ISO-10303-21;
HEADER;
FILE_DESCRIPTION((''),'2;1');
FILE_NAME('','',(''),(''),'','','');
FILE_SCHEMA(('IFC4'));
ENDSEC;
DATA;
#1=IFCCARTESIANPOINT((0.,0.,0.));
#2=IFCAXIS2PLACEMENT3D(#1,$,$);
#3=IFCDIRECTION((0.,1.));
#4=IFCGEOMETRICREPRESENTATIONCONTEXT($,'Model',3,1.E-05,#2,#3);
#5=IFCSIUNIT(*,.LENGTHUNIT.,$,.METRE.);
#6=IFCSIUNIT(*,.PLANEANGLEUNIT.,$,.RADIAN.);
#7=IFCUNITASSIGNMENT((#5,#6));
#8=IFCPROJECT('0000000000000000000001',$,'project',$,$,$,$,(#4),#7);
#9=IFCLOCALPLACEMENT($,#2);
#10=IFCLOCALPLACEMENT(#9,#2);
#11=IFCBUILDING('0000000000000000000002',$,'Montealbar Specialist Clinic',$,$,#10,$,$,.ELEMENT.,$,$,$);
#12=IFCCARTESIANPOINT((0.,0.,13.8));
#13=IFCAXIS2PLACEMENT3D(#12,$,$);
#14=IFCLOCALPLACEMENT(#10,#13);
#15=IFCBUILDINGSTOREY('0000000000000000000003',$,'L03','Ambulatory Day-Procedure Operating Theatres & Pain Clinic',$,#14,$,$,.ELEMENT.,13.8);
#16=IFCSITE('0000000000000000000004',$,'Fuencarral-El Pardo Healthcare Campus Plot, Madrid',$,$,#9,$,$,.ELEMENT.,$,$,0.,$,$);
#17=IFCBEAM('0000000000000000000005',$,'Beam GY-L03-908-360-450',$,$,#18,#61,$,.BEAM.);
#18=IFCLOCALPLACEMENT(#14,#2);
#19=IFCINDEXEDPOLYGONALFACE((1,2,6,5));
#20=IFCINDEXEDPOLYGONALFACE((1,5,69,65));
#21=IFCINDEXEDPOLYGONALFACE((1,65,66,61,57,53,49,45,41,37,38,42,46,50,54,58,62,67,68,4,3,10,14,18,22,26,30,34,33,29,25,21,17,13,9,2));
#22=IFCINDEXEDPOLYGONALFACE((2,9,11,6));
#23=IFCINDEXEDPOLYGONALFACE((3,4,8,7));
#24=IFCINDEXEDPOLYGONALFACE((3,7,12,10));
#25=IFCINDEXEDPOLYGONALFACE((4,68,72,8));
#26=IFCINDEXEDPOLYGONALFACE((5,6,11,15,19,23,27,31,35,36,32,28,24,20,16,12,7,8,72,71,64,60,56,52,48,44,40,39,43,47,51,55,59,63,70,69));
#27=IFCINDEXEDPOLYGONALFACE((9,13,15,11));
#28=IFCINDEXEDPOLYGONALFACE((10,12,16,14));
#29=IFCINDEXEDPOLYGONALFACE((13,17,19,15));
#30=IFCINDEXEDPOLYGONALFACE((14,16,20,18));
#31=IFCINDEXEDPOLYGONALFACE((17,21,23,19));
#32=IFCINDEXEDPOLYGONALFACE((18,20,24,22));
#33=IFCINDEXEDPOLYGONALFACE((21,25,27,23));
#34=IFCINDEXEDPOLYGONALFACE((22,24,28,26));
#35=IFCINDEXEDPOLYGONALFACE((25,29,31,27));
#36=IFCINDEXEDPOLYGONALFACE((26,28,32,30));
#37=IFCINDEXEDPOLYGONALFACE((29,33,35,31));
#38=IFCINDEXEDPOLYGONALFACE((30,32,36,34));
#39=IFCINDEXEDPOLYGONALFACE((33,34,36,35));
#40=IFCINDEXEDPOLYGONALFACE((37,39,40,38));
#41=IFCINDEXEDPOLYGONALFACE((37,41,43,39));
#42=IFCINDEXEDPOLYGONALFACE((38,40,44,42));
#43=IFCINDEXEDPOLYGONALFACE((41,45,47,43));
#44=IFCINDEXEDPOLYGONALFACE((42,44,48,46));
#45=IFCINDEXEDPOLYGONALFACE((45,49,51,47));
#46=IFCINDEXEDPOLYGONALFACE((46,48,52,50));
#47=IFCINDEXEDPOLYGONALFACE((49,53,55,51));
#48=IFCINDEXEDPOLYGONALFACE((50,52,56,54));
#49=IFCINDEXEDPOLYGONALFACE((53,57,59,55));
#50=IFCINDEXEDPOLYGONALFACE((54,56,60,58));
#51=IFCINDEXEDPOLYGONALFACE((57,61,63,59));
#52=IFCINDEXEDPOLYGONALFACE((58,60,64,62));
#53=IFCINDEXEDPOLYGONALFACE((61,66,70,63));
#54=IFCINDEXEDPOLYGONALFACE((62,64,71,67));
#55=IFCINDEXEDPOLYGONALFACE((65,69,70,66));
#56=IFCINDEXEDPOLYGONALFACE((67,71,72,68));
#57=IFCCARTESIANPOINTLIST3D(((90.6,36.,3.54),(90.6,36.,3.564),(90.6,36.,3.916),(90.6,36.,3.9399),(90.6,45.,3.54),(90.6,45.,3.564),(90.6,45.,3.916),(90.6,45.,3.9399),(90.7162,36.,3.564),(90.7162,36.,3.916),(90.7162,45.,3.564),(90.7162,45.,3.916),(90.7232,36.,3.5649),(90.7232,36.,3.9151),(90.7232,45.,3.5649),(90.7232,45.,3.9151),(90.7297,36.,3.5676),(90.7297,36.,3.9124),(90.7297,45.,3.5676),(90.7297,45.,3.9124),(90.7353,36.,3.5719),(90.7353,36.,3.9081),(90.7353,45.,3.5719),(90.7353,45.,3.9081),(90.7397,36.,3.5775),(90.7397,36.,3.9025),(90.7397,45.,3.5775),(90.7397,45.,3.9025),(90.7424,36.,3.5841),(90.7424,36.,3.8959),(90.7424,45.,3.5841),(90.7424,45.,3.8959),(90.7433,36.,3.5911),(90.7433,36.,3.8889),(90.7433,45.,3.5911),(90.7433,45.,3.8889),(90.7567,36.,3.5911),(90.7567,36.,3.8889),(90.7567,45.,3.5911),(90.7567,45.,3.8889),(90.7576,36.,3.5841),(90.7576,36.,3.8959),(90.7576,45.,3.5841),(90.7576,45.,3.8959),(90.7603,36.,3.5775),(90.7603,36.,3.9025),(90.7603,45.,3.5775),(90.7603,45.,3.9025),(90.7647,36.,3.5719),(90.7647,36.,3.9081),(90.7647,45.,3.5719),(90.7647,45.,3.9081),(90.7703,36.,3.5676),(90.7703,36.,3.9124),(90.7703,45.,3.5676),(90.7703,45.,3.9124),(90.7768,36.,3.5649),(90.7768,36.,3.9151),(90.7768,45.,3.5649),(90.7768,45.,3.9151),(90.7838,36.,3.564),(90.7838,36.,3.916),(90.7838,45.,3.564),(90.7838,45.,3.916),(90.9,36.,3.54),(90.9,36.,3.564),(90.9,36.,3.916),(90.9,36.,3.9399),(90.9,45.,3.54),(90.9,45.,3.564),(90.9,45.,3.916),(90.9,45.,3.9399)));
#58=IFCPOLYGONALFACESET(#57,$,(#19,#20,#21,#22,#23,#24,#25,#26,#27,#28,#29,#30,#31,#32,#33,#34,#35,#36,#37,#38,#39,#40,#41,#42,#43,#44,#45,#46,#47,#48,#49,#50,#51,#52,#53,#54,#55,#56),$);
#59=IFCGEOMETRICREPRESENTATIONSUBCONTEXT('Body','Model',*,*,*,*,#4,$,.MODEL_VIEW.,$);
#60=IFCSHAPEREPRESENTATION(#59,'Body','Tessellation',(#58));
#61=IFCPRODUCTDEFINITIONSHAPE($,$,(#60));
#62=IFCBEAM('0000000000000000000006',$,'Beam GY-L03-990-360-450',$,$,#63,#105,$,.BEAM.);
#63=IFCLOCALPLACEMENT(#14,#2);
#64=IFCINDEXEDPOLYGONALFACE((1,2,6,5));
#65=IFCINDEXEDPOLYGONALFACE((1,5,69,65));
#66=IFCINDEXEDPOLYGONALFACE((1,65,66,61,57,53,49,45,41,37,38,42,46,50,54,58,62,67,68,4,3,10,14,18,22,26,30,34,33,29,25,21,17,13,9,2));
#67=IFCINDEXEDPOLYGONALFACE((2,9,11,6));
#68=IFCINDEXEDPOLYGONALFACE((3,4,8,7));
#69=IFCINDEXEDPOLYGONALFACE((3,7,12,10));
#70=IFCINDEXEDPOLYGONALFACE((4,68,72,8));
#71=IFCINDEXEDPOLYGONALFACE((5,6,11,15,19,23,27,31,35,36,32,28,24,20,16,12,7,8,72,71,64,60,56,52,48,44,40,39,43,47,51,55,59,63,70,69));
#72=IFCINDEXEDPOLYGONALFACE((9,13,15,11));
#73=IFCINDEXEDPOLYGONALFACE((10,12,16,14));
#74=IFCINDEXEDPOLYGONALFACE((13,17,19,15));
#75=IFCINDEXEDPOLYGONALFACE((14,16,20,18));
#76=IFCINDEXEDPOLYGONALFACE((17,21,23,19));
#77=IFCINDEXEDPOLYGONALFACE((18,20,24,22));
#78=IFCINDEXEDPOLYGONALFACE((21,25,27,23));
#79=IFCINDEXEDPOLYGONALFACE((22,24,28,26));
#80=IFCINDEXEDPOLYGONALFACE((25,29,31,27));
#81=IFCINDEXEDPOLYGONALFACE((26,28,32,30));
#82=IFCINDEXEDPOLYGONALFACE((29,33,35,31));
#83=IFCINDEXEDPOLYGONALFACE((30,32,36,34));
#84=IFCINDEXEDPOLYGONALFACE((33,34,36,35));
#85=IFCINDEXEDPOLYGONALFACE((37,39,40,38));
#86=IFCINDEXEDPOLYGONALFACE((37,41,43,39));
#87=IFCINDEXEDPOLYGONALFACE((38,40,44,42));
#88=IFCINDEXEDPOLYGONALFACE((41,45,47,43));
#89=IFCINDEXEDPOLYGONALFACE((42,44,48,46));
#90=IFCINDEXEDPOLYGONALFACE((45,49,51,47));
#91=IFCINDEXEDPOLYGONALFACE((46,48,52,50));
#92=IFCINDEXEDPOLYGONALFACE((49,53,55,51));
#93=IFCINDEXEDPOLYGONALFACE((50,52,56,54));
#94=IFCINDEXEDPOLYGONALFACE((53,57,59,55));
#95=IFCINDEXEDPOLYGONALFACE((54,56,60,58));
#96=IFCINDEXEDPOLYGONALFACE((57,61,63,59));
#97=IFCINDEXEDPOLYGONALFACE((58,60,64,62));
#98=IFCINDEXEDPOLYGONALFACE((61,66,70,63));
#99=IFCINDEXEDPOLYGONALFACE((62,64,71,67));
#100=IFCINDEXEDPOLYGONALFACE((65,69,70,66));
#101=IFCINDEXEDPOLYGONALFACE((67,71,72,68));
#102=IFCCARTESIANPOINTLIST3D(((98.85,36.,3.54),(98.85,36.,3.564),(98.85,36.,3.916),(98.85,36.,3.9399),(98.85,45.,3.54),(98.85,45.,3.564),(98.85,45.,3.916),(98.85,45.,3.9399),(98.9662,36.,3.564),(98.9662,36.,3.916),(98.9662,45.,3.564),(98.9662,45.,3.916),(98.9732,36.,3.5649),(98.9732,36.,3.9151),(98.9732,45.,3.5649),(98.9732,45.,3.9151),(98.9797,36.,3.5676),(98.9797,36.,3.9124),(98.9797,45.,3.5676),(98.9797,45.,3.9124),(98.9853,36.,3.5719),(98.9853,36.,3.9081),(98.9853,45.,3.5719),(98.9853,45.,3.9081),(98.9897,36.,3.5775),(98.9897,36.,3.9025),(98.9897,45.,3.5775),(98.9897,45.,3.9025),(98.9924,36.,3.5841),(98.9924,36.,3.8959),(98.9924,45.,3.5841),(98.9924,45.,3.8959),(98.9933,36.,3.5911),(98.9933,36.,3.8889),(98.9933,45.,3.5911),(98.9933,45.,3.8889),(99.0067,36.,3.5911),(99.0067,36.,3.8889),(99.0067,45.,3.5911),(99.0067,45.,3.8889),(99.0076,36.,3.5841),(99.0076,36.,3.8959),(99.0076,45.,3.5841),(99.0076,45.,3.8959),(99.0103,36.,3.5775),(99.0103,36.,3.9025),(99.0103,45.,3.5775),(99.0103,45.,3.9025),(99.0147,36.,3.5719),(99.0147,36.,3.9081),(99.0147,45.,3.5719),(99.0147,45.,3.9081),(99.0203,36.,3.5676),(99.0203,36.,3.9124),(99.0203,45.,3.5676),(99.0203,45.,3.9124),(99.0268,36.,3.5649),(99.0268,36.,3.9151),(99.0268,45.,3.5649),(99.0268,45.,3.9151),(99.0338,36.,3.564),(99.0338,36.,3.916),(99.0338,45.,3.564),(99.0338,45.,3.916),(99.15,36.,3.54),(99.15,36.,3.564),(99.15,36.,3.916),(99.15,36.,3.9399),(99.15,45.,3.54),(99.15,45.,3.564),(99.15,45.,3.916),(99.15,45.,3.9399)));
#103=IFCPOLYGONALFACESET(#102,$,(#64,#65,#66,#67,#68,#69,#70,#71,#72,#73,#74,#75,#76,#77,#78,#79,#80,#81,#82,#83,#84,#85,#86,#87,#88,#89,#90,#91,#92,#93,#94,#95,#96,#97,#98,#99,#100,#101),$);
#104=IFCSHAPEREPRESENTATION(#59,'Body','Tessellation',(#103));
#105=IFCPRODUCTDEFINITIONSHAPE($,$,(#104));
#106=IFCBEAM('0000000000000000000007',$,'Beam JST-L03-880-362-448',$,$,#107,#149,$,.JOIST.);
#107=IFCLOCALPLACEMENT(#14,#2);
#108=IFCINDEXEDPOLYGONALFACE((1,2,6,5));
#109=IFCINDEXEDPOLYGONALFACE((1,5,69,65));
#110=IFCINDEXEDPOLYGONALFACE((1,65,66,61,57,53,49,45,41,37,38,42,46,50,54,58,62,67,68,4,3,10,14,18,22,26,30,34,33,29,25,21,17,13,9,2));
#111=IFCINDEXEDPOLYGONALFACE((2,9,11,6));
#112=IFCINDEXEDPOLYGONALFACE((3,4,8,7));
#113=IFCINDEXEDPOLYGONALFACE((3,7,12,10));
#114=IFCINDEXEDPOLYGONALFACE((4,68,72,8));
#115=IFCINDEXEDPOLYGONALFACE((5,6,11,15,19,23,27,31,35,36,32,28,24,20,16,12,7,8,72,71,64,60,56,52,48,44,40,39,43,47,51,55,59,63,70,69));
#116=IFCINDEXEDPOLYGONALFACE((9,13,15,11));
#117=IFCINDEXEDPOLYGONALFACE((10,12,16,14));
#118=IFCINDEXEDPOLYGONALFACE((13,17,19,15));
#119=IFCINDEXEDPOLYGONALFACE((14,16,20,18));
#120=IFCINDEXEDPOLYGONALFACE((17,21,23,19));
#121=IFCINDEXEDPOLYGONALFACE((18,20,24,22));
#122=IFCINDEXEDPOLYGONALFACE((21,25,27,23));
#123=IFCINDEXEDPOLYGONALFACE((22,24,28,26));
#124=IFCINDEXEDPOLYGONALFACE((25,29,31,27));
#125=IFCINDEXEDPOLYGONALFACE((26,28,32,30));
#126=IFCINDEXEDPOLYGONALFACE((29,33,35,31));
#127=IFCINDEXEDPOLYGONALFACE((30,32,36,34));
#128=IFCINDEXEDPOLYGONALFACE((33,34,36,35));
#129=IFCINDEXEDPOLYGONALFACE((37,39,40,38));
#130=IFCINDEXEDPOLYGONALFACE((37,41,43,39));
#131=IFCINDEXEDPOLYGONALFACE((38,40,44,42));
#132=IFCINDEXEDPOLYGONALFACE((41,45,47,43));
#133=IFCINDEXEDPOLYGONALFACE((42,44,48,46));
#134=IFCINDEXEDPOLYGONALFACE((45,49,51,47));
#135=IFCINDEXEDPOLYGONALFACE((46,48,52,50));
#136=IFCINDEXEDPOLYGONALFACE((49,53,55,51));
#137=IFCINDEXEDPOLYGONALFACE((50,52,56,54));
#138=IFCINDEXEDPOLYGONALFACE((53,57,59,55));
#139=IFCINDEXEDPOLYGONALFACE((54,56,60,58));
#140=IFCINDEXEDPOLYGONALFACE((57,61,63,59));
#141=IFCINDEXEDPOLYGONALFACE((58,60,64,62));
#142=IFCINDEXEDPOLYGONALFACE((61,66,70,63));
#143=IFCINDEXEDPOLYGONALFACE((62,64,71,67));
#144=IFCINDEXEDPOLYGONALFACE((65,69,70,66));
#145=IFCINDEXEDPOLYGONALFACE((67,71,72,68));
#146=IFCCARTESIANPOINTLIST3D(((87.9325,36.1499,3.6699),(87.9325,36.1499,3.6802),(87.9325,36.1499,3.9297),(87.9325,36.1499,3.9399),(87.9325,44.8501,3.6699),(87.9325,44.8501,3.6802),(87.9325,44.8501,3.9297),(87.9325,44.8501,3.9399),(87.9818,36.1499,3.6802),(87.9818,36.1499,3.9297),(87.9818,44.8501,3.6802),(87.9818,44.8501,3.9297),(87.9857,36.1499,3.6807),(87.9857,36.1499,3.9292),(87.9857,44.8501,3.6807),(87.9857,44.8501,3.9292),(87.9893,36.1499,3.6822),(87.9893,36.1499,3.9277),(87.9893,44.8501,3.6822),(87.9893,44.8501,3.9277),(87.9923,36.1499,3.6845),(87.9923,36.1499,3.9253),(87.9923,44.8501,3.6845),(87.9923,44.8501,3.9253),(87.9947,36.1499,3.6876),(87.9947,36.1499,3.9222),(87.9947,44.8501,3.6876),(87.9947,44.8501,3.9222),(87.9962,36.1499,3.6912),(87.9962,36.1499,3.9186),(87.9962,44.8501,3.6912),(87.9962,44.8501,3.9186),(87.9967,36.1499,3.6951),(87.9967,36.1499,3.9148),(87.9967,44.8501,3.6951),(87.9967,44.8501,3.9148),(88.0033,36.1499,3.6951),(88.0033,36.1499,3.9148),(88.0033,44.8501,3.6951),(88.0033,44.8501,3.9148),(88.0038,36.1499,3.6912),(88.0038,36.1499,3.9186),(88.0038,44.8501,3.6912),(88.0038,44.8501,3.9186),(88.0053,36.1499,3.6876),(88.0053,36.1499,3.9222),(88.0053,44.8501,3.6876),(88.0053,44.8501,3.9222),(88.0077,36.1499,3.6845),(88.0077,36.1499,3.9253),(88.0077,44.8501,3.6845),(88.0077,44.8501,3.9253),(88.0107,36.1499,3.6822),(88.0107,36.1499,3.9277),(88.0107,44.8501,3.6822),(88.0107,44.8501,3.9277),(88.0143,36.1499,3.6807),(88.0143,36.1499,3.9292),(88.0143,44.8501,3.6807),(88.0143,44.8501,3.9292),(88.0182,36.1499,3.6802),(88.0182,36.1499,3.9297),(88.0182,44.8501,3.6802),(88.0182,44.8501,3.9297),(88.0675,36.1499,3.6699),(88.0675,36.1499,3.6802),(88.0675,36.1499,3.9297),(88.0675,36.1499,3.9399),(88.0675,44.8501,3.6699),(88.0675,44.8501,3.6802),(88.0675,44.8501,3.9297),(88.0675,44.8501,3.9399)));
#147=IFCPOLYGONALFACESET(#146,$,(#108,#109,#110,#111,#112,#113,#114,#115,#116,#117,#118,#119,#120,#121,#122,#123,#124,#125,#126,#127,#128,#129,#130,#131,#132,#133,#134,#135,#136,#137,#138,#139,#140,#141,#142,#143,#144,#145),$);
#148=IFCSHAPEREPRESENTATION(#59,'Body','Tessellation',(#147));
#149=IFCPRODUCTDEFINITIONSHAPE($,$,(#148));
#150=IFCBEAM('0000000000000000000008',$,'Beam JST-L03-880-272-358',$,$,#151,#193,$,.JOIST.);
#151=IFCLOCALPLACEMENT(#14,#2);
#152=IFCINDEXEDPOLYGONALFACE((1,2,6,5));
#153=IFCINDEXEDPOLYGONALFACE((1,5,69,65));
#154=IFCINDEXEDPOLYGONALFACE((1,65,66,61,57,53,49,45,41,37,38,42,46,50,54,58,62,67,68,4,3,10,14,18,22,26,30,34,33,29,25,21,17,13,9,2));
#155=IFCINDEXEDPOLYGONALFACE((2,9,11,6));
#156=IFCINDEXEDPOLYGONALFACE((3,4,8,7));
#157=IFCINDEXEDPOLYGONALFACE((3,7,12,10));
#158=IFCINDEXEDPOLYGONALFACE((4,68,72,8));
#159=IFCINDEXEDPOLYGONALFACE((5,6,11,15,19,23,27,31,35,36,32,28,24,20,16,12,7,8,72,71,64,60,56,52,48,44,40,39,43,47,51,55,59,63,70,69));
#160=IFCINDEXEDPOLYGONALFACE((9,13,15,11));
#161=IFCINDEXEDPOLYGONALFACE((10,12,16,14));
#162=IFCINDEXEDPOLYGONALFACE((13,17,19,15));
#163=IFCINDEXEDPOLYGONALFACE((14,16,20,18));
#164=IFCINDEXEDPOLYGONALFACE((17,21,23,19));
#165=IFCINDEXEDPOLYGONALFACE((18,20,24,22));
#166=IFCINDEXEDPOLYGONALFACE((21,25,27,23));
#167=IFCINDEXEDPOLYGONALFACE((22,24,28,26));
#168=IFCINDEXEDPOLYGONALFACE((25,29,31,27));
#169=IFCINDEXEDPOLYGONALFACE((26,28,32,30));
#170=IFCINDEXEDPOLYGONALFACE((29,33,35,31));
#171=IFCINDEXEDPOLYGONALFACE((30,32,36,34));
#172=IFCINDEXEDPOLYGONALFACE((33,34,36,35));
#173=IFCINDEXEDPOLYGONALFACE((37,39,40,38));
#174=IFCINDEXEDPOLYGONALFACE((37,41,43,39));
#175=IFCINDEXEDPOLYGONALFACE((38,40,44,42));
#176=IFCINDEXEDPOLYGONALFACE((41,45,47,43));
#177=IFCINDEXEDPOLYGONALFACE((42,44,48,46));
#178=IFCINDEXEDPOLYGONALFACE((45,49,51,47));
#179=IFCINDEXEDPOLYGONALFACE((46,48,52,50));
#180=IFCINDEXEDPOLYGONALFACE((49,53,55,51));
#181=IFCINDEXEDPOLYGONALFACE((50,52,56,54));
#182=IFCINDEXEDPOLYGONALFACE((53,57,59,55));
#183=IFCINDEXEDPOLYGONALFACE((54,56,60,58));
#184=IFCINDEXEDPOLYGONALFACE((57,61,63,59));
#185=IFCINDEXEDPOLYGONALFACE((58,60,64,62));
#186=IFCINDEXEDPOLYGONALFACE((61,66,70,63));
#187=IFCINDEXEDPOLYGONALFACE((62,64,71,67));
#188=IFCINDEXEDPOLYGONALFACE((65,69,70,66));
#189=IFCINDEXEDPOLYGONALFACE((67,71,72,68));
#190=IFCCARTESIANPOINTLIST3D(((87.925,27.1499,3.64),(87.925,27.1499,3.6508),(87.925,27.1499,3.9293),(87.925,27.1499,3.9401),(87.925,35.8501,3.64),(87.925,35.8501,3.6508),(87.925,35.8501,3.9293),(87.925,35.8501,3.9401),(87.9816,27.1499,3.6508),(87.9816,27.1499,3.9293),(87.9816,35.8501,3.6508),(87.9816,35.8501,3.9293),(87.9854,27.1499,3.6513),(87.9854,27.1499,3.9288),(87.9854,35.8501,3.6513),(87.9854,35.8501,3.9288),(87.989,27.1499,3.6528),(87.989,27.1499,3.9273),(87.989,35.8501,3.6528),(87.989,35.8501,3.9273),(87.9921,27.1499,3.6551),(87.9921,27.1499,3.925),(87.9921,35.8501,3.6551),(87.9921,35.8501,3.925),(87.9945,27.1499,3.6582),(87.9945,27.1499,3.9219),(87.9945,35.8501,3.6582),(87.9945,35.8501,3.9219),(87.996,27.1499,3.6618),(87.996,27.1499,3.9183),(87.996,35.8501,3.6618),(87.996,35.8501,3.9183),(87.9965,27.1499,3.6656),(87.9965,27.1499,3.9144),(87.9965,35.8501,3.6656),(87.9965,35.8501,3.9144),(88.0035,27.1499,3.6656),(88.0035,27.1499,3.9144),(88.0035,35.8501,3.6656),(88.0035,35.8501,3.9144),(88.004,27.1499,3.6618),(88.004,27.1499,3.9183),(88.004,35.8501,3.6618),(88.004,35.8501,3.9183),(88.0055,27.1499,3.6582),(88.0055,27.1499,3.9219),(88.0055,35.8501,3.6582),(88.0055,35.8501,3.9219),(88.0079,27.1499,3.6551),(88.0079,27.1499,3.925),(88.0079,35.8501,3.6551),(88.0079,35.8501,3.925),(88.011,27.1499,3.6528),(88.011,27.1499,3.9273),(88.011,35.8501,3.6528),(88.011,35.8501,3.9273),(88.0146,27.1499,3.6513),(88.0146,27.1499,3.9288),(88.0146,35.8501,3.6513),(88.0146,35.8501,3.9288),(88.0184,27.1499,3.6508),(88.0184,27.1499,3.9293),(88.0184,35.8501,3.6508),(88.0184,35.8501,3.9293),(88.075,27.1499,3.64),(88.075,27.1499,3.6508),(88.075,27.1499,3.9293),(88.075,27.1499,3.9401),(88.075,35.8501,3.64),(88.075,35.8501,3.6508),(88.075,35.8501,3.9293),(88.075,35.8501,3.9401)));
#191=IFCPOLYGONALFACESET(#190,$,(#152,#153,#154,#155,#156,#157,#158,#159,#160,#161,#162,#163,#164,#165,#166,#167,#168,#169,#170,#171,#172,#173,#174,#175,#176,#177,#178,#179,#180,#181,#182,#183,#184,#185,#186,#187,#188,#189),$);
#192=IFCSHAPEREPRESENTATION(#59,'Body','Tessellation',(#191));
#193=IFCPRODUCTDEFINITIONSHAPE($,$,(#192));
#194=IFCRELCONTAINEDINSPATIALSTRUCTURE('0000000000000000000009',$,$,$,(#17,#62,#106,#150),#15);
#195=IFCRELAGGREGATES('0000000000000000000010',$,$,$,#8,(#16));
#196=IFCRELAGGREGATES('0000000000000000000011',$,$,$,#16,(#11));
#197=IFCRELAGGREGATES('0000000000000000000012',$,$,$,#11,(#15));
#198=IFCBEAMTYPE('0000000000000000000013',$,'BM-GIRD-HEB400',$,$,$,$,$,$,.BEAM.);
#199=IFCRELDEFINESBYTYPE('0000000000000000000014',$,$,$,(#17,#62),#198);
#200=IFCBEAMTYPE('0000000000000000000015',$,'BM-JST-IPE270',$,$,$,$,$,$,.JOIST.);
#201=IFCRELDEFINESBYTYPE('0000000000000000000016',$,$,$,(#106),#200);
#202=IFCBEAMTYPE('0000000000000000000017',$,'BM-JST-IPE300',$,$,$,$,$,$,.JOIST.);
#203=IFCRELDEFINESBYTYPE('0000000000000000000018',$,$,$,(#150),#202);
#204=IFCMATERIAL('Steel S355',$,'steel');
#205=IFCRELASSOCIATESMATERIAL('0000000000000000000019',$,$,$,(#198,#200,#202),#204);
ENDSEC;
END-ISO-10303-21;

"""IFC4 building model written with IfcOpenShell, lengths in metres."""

from ifc_helpers import new_model, si_unit, direction, frame, origin, origin_2d, place, context, subcontext, project, spatial, i_section, extrude, material, material_profile, profile_set, type_object, element, save


model = new_model("IFC4")

# Units and contexts
model_context = context("Model", 3, precision=1e-05, world=origin(), true_north=direction((0.0, 1.0)))
body_context = subcontext(model_context, "Body", "Model", "MODEL_VIEW")
ifc_project = project(units=[si_unit("LENGTHUNIT", "METRE"), si_unit("PLANEANGLEUNIT", "RADIAN")], contexts=[model_context])

# Site, building, storey
site_placement = place(None, origin())
site = spatial("IfcSite", under=ifc_project, at=site_placement, Name="Fuencarral-El Pardo Healthcare Campus Plot, Madrid", CompositionType="ELEMENT", RefElevation=0.0)
building_placement = place(site_placement, origin())
building = spatial("IfcBuilding", under=site, at=building_placement, Name="Montealbar Specialist Clinic", CompositionType="ELEMENT")
storey_placement = place(building_placement, frame((0.0, 0.0, 13.8)))
storey = spatial("IfcBuildingStorey", under=building, at=storey_placement, Name="L03", Description="Ambulatory Day-Procedure Operating Theatres & Pain Clinic", CompositionType="ELEMENT", Elevation=13.8)

# Shared definitions
ifc_material_1 = material(Name="Steel S355", Category="steel")

# Beams
ifc_material_profile_1 = material_profile(ifc_material_1, i_section(OverallWidth=0.3, OverallDepth=0.3999, WebThickness=0.0134, FlangeThickness=0.0239, FilletRadius=0.0271, at=origin_2d()), Name="HEB 400", Category="steel")
ifc_profile_set_1 = profile_set([ifc_material_profile_1], Name="Steel S355")
beam_type_1 = type_object("IfcBeamType", Name="BM-GIRD-HEB400", PredefinedType="BEAM", material=ifc_profile_set_1)
for number, where, z_axis, x_axis, name in (
    (1, (90.75, 36.0, 3.74), (0.0, 1.0, 0.0), (-1.0, 0.0, 0.0), "Beam GY-L03-908-360-450"),
    (2, (99.0, 36.0, 3.74), (0.0, 1.0, 0.0), (-1.0, 0.0, 0.0), "Beam GY-L03-990-360-450"),
):
    element("IfcBeam", number, at=place(storey_placement, frame(where, z_axis=z_axis, x_axis=x_axis)), inside=storey, type_object=beam_type_1, Name=name, PredefinedType="BEAM", context=body_context, shape_type="SweptSolid", body=[
        extrude(i_section(OverallWidth=0.3, OverallDepth=0.3999, WebThickness=0.0134, FlangeThickness=0.0239, FilletRadius=0.0271, at=origin_2d()), origin(), (0.0, 0.0, 1.0), 9.0),
    ])
ifc_material_profile_2 = material_profile(ifc_material_1, i_section(OverallWidth=0.135, OverallDepth=0.27, WebThickness=0.0066, FlangeThickness=0.0103, FilletRadius=0.0149, at=origin_2d()), Name="IPE 270", Category="steel")
ifc_profile_set_2 = profile_set([ifc_material_profile_2], Name="Steel S355")
beam_type_2 = type_object("IfcBeamType", Name="BM-JST-IPE270", PredefinedType="JOIST", material=ifc_profile_set_2)
beam_1_placement = place(storey_placement, frame((88.0, 36.1499, 3.8049), z_axis=(0.0, 1.0, 0.0), x_axis=(-1.0, 0.0, 0.0)))
element("IfcBeam", 3, at=beam_1_placement, inside=storey, type_object=beam_type_2, Name="Beam JST-L03-880-362-448", PredefinedType="JOIST", context=body_context, shape_type="SweptSolid", body=[
    extrude(i_section(OverallWidth=0.135, OverallDepth=0.27, WebThickness=0.0066, FlangeThickness=0.0103, FilletRadius=0.0149, at=origin_2d()), origin(), (0.0, 0.0, 1.0), 8.7002),
])
ifc_material_profile_3 = material_profile(ifc_material_1, i_section(OverallWidth=0.1499, OverallDepth=0.3, WebThickness=0.0071, FlangeThickness=0.0107, FilletRadius=0.0149, at=origin_2d()), Name="IPE 300", Category="steel")
ifc_profile_set_3 = profile_set([ifc_material_profile_3], Name="Steel S355")
beam_type_3 = type_object("IfcBeamType", Name="BM-JST-IPE300", PredefinedType="JOIST", material=ifc_profile_set_3)
beam_2_placement = place(storey_placement, frame((88.0, 27.1499, 3.79), z_axis=(0.0, 1.0, 0.0), x_axis=(-1.0, 0.0, 0.0)))
element("IfcBeam", 4, at=beam_2_placement, inside=storey, type_object=beam_type_3, Name="Beam JST-L03-880-272-358", PredefinedType="JOIST", context=body_context, shape_type="SweptSolid", body=[
    extrude(i_section(OverallWidth=0.1499, OverallDepth=0.3, WebThickness=0.0071, FlangeThickness=0.0107, FilletRadius=0.0149, at=origin_2d()), origin(), (0.0, 0.0, 1.0), 8.7002),
])

save(model, "model.ifc")
